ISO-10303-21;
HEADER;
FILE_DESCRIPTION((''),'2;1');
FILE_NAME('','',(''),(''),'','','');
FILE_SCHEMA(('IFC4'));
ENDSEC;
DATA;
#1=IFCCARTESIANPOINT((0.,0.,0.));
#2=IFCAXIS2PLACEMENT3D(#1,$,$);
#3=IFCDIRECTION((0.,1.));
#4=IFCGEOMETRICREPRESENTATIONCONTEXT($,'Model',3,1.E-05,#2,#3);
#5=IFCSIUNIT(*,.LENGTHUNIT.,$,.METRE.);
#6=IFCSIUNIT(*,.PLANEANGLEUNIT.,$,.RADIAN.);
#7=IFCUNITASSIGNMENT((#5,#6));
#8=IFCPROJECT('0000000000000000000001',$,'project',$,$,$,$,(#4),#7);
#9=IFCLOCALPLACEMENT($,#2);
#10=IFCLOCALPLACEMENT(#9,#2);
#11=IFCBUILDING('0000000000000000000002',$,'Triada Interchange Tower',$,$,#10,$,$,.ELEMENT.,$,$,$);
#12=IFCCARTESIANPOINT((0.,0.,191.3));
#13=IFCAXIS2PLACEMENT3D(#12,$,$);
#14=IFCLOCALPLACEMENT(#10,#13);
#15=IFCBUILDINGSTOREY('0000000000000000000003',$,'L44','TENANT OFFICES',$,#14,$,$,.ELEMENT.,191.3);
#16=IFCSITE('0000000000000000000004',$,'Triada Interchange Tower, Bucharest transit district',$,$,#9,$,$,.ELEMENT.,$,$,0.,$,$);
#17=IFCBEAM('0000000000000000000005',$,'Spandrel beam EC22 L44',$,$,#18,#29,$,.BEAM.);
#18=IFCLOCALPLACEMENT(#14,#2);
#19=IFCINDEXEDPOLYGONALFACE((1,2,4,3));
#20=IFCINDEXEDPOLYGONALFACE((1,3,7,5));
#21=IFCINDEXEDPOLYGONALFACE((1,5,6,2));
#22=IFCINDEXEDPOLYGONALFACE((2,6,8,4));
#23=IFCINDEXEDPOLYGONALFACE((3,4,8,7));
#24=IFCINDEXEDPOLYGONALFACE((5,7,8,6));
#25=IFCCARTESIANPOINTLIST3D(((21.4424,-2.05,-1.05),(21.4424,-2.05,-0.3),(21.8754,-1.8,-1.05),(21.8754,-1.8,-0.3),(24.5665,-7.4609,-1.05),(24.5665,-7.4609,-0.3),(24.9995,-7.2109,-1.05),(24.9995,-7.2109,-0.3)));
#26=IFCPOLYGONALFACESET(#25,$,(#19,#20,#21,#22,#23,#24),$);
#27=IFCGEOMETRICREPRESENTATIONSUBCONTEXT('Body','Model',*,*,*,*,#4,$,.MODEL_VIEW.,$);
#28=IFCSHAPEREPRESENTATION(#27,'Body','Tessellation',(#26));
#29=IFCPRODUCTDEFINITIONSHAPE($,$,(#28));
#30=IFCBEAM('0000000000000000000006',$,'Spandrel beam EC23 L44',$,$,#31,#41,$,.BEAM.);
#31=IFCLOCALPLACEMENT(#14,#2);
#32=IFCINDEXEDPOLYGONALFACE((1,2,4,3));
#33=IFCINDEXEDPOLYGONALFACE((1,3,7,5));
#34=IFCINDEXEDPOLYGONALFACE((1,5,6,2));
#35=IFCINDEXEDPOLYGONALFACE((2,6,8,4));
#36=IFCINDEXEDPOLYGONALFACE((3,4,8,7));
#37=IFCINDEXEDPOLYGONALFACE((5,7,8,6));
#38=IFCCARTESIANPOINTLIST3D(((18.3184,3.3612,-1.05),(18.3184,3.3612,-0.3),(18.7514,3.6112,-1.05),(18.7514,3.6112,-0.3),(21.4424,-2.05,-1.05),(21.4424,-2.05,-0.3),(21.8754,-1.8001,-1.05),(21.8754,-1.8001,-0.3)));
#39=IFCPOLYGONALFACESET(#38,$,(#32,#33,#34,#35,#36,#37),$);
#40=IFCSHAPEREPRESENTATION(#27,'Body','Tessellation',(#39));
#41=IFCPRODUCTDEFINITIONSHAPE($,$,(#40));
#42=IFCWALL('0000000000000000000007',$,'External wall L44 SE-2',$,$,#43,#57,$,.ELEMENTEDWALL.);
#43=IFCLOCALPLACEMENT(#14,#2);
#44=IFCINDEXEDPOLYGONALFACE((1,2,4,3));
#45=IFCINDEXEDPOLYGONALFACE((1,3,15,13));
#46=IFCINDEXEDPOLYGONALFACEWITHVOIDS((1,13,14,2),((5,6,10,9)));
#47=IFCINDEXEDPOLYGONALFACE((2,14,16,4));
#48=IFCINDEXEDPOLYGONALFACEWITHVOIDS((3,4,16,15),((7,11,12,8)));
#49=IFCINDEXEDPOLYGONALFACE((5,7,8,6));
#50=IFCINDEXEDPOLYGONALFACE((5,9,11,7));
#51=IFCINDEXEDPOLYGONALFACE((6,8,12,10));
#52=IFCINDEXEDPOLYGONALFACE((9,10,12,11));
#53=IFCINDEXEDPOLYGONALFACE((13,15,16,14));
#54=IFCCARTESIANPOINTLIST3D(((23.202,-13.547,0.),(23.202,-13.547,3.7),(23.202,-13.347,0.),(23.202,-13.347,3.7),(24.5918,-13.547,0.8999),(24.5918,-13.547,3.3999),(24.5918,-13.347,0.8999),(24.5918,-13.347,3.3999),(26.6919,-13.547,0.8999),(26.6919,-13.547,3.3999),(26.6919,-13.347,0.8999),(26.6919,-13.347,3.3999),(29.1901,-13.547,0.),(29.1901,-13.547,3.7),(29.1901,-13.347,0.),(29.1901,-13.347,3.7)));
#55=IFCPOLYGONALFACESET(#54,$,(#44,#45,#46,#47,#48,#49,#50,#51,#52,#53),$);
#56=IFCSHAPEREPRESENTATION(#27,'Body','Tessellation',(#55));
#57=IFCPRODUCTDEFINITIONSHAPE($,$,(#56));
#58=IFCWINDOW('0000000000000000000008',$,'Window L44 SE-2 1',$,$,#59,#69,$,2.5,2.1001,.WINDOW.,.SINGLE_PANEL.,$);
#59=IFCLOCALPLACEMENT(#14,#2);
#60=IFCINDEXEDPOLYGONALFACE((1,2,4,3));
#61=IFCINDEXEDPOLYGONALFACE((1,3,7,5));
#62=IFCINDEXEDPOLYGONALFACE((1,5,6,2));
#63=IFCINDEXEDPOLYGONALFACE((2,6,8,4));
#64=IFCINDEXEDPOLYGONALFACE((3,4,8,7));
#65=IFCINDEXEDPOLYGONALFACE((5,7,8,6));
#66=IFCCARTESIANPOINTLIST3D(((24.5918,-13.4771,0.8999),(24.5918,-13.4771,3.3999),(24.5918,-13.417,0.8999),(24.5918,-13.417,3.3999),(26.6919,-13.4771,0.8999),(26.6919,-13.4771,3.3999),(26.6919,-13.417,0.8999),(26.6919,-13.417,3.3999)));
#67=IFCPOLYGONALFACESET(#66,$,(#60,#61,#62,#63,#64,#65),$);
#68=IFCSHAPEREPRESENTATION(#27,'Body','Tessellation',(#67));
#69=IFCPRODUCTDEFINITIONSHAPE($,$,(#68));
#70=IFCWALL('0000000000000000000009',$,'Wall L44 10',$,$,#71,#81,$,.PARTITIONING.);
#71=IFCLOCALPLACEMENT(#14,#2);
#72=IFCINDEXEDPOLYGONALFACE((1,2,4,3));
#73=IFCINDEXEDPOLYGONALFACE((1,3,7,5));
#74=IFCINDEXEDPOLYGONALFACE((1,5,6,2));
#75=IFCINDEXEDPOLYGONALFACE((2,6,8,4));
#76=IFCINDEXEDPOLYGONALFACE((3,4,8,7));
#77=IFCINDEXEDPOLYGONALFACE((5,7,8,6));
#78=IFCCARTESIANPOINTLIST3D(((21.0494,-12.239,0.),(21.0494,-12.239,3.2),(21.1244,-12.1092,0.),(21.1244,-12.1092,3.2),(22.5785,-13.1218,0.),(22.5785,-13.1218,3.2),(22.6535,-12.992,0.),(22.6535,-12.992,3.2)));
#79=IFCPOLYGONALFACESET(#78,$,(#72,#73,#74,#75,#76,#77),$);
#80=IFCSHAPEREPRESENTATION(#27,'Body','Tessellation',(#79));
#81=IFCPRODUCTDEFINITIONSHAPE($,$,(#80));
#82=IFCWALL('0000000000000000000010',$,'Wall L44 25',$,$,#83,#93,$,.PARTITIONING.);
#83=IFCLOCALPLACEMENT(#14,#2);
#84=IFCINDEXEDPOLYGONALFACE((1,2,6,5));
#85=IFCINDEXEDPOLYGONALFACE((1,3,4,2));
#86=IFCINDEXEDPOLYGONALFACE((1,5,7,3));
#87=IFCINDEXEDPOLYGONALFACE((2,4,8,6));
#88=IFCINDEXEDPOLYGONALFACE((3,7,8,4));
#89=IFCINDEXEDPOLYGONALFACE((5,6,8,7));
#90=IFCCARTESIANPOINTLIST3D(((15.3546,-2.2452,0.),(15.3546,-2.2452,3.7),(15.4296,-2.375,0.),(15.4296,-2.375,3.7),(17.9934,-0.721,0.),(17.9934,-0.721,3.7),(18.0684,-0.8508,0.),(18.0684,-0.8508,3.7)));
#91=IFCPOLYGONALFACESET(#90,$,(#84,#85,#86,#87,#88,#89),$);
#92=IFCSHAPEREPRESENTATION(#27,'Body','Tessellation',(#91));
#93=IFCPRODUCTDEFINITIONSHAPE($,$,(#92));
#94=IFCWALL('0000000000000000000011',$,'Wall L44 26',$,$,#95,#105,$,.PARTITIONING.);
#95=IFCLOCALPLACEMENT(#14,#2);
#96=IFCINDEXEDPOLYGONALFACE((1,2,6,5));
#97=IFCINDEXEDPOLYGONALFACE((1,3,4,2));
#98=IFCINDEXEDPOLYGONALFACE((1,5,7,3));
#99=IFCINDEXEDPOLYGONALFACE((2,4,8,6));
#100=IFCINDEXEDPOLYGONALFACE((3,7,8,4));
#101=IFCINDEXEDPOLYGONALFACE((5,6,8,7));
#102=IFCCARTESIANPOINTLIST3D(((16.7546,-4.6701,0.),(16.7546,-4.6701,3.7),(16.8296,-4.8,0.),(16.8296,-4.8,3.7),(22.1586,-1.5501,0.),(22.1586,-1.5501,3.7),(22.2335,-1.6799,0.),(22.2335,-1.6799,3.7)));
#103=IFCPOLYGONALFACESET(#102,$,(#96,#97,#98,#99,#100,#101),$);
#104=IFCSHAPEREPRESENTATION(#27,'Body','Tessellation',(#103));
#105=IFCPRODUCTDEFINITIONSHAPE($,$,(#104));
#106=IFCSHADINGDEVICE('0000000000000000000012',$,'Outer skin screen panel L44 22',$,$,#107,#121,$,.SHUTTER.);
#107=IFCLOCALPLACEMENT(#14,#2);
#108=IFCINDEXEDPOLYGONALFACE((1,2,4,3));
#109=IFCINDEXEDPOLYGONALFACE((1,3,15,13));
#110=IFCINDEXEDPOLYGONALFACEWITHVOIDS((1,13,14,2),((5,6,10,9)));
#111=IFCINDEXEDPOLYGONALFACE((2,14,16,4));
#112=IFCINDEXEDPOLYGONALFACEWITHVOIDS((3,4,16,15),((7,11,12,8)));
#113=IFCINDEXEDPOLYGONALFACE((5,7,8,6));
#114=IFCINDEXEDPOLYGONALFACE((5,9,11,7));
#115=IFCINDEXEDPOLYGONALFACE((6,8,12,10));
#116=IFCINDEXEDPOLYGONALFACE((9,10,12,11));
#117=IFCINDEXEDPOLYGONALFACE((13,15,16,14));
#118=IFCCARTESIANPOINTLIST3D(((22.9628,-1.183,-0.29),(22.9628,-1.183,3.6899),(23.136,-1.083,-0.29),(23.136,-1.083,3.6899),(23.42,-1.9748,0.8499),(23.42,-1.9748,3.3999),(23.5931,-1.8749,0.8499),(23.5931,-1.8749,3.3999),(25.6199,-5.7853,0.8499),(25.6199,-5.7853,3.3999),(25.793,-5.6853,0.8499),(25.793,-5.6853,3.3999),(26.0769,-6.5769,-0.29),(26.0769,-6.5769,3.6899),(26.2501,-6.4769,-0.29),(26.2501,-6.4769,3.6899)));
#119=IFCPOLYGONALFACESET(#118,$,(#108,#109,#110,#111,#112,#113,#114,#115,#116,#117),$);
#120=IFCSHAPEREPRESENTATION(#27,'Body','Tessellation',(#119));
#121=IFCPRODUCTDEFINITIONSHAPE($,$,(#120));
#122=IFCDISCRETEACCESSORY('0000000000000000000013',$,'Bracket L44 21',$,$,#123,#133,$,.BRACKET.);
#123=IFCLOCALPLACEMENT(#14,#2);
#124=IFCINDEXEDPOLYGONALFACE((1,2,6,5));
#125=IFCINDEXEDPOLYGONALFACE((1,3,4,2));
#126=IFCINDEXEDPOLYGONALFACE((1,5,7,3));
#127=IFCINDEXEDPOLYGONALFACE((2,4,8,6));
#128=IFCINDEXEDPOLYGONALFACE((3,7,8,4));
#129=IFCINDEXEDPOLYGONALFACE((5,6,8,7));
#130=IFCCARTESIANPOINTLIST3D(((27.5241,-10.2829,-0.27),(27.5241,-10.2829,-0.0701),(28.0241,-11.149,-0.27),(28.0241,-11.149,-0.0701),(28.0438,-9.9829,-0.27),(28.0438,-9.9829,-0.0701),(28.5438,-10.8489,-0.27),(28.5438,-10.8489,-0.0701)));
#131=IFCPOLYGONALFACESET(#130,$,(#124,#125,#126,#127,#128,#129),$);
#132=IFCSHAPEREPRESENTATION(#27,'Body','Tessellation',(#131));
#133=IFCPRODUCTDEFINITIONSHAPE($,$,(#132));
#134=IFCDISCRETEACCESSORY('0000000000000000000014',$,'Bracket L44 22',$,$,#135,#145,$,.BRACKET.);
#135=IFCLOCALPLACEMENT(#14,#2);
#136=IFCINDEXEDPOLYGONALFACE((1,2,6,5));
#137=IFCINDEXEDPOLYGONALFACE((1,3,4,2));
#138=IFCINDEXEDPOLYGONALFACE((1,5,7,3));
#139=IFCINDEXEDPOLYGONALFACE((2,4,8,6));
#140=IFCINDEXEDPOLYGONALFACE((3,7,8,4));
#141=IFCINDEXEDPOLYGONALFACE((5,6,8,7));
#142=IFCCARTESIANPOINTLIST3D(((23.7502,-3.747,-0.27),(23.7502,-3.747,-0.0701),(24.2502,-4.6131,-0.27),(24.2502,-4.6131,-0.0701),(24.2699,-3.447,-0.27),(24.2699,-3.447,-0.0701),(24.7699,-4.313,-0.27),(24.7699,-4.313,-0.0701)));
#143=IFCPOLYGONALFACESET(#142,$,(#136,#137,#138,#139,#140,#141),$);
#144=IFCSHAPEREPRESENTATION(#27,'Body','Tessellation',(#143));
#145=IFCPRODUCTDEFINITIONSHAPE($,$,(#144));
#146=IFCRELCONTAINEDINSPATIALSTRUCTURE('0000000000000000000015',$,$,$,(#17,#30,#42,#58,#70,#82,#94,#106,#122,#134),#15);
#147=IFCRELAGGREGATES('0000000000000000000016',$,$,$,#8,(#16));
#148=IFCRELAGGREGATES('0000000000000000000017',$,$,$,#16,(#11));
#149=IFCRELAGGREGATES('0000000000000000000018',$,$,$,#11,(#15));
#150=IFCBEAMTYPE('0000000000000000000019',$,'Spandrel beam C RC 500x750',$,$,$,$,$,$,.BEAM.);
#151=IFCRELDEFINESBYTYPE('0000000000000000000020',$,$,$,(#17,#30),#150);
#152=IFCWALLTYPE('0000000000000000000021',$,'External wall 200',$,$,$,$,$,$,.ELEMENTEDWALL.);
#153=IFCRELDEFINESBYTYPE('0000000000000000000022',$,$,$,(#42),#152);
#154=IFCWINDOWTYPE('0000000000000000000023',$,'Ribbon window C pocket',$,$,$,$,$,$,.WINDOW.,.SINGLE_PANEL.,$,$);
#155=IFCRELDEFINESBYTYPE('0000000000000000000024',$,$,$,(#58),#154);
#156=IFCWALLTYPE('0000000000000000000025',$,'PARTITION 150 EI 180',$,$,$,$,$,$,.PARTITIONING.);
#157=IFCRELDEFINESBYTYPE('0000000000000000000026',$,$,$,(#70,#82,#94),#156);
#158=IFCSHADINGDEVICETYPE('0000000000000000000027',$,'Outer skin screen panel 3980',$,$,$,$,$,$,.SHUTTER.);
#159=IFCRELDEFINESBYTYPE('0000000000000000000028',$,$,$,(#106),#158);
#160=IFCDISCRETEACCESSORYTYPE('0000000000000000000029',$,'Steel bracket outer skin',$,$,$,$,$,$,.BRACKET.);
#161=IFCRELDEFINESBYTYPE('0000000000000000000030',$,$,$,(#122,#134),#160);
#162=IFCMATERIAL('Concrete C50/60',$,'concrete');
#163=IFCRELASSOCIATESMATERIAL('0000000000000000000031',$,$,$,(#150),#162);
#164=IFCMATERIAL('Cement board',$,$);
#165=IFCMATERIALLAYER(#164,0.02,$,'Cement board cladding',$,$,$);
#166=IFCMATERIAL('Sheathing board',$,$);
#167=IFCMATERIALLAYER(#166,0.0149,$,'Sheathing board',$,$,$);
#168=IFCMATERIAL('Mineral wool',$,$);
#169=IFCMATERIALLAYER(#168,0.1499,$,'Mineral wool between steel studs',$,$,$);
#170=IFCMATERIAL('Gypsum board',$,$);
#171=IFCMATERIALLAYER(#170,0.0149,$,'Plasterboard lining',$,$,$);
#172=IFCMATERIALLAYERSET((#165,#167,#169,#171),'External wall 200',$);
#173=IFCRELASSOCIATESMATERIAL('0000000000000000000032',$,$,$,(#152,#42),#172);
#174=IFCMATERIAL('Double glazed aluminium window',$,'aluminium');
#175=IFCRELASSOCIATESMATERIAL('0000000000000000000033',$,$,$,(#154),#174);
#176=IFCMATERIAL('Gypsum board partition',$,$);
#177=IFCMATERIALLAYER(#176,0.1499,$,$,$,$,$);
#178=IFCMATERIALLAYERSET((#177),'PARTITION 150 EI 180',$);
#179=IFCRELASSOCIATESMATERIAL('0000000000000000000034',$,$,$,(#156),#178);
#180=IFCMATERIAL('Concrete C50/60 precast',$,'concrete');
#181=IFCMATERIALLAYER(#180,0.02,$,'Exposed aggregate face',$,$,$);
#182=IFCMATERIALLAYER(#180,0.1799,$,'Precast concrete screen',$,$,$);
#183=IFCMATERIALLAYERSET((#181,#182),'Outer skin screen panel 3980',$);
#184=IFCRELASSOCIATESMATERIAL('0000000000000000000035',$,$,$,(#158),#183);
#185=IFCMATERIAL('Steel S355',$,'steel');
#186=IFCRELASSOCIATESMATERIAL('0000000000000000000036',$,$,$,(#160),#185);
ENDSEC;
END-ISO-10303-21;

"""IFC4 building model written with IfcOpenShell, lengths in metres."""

from ifc_helpers import new_model, si_unit, direction, frame, frame_2d, origin, origin_2d, place, context, subcontext, project, spatial, polyline, rectangle, outline, extrude, material, layer, layer_set, layer_usage, material_profile, profile_set, type_object, element, fill, save


model = new_model("IFC4")

# Units and contexts
model_context = context("Model", 3, precision=1e-05, world=origin(), true_north=direction((0.0, 1.0)))
body_context = subcontext(model_context, "Body", "Model", "MODEL_VIEW")
ifc_project = project(units=[si_unit("LENGTHUNIT", "METRE"), si_unit("PLANEANGLEUNIT", "RADIAN")], contexts=[model_context])

# Site, building, storey
site_placement = place(None, origin())
site = spatial("IfcSite", under=ifc_project, at=site_placement, Name="Triada Interchange Tower, Bucharest transit district", CompositionType="ELEMENT", RefElevation=0.0)
building_placement = place(site_placement, origin())
building = spatial("IfcBuilding", under=site, at=building_placement, Name="Triada Interchange Tower", CompositionType="ELEMENT")
storey_placement = place(building_placement, frame((0.0, 0.0, 191.3)))
storey = spatial("IfcBuildingStorey", under=building, at=storey_placement, Name="L44", Description="TENANT OFFICES", CompositionType="ELEMENT", Elevation=191.3)

# Shared definitions
ifc_material_1 = material(Name="Concrete C50/60", Category="concrete")

# Beams
ifc_material_profile_1 = material_profile(ifc_material_1, rectangle(XDim=0.5, YDim=0.75, at=origin_2d()), Name="RC 500x750")
ifc_profile_set_1 = profile_set([ifc_material_profile_1], Name="Concrete C50/60")
beam_type_1 = type_object("IfcBeamType", Name="Spandrel beam C RC 500x750", PredefinedType="BEAM", material=ifc_profile_set_1)
beam_1_placement = place(storey_placement, frame((24.783, -7.3359, -0.675), z_axis=(-0.500005, 0.866022, 0.0), x_axis=(-0.866022, -0.500005, 0.0)))
element("IfcBeam", 1, at=beam_1_placement, inside=storey, type_object=beam_type_1, Name="Spandrel beam EC22 L44", PredefinedType="BEAM", context=body_context, shape_type="SweptSolid", body=[
    extrude(rectangle(XDim=0.5, YDim=0.75, at=origin_2d()), origin(), (0.0, 0.0, 1.0), 6.248),
])
beam_2_placement = place(storey_placement, frame((21.6589, -1.925, -0.675), z_axis=(-0.499989, 0.866032, 0.0), x_axis=(-0.866032, -0.499989, 0.0)))
element("IfcBeam", 2, at=beam_2_placement, inside=storey, type_object=beam_type_1, Name="Spandrel beam EC23 L44", PredefinedType="BEAM", context=body_context, shape_type="SweptSolid", body=[
    extrude(rectangle(XDim=0.5, YDim=0.75, at=origin_2d()), origin(), (0.0, 0.0, 1.0), 6.2483),
])

# Wall, opening, window
ifc_material_2 = material(Name="Cement board")
ifc_layer_1 = layer(ifc_material_2, 0.02, Name="Cement board cladding")
ifc_material_3 = material(Name="Sheathing board")
ifc_layer_2 = layer(ifc_material_3, 0.0149, Name="Sheathing board")
ifc_material_4 = material(Name="Mineral wool")
ifc_layer_3 = layer(ifc_material_4, 0.1499, Name="Mineral wool between steel studs")
ifc_material_5 = material(Name="Gypsum board")
ifc_layer_4 = layer(ifc_material_5, 0.0149, Name="Plasterboard lining")
ifc_layer_set_1 = layer_set([ifc_layer_1, ifc_layer_2, ifc_layer_3, ifc_layer_4], Name="External wall 200")
ifc_layer_usage = layer_usage(ifc_layer_set_1, "AXIS2", "POSITIVE", -0.1001)
wall_type_1 = type_object("IfcWallType", Name="External wall 200", PredefinedType="ELEMENTEDWALL", material=ifc_layer_set_1)
wall_1_placement = place(storey_placement, frame((23.2019, -13.447, 0.0), z_axis=(0.0, 0.0, 1.0), x_axis=(1.0, 0.0, 0.0)))
wall_1 = element("IfcWall", 3, at=wall_1_placement, inside=storey, type_object=wall_type_1, material=ifc_layer_usage, Name="External wall L44 SE-2", PredefinedType="ELEMENTEDWALL", context=body_context, shape_type="SweptSolid", body=[
    extrude(rectangle(XDim=5.988, YDim=0.2, at=frame_2d((2.9941, 0.0))), origin(), (0.0, 0.0, 1.0), 3.7),
])
opening_placement = place(wall_1_placement, frame((1.3899, 0.0, 0.8999)))
opening = element("IfcOpeningElement", 4, at=opening_placement, cuts=wall_1, PredefinedType="OPENING", context=body_context, shape_type="SweptSolid", body=[
    extrude(rectangle(XDim=2.1001, YDim=2.5, at=frame_2d((1.05, 1.25))), frame((0.0, 0.1099, 0.0), z_axis=(0.0, -1.0, 0.0), x_axis=(1.0, 0.0, 0.0)), (0.0, 0.0, 1.0), 0.22),
])
ifc_material_6 = material(Name="Double glazed aluminium window", Category="aluminium")
window_type = type_object("IfcWindowType", Name="Ribbon window C pocket", PartitioningType="SINGLE_PANEL", PredefinedType="WINDOW", material=ifc_material_6)
window_placement = place(opening_placement, origin())
window = element("IfcWindow", 5, at=window_placement, inside=storey, type_object=window_type, Name="Window L44 SE-2 1", OverallHeight=2.5, OverallWidth=2.1001, PartitioningType="SINGLE_PANEL", PredefinedType="WINDOW", context=body_context, shape_type="SweptSolid", body=[
    extrude(rectangle(XDim=2.1001, YDim=2.5, at=frame_2d((1.05, 1.25))), frame((0.0, 0.03, 0.0), z_axis=(0.0, -1.0, 0.0), x_axis=(1.0, 0.0, 0.0)), (0.0, 0.0, 1.0), 0.0601),
])
fill(opening, window)

# Walls
ifc_material_7 = material(Name="Gypsum board partition")
ifc_layer_5 = layer(ifc_material_7, 0.1499)
ifc_layer_set_2 = layer_set([ifc_layer_5], Name="PARTITION 150 EI 180")
wall_type_2 = type_object("IfcWallType", Name="PARTITION 150 EI 180", PredefinedType="PARTITIONING", material=ifc_layer_set_2)
wall_2_placement = place(storey_placement, frame((21.0869, -12.1741, 0.0), z_axis=(0.0, 0.0, 1.0), x_axis=(0.866022, -0.500006, 0.0)))
element("IfcWall", 6, at=wall_2_placement, inside=storey, type_object=wall_type_2, Name="Wall L44 10", PredefinedType="PARTITIONING", context=body_context, shape_type="SweptSolid", body=[
    extrude(rectangle(XDim=1.7656, YDim=0.1499, at=frame_2d((0.8828, 0.0))), origin(), (0.0, 0.0, 1.0), 3.2),
])
wall_3_placement = place(storey_placement, frame((15.3921, -2.3101, 0.0), z_axis=(0.0, 0.0, 1.0), x_axis=(0.865941, 0.500145, 0.0)))
element("IfcWall", 7, at=wall_3_placement, inside=storey, type_object=wall_type_2, Name="Wall L44 25", PredefinedType="PARTITIONING", context=body_context, shape_type="SweptSolid", body=[
    extrude(rectangle(XDim=3.0474, YDim=0.1499, at=frame_2d((1.5237, 0.0))), origin(), (0.0, 0.0, 1.0), 3.7),
])
wall_4_placement = place(storey_placement, frame((16.792, -4.7351, 0.0), z_axis=(0.0, 0.0, 1.0), x_axis=(0.866019, 0.50001, 0.0)))
element("IfcWall", 8, at=wall_4_placement, inside=storey, type_object=wall_type_2, Name="Wall L44 26", PredefinedType="PARTITIONING", context=body_context, shape_type="SweptSolid", body=[
    extrude(rectangle(XDim=6.24, YDim=0.1499, at=frame_2d((3.1201, 0.0))), origin(), (0.0, 0.0, 1.0), 3.7),
])

# Shading device
ifc_material_8 = material(Name="Concrete C50/60 precast", Category="concrete")
ifc_layer_6 = layer(ifc_material_8, 0.02, Name="Exposed aggregate face")
ifc_layer_7 = layer(ifc_material_8, 0.1799, Name="Precast concrete screen")
ifc_layer_set_3 = layer_set([ifc_layer_6, ifc_layer_7], Name="Outer skin screen panel 3980")
shading_device_type = type_object("IfcShadingDeviceType", Name="Outer skin screen panel 3980", PredefinedType="SHUTTER", material=ifc_layer_set_3)
shading_device_placement = place(storey_placement, frame((26.0769, -6.5769, -0.29), z_axis=(0.0, 0.0, 1.0), x_axis=(-0.499988, 0.866032, 0.0)))
element("IfcShadingDevice", 9, at=shading_device_placement, inside=storey, type_object=shading_device_type, Name="Outer skin screen panel L44 22", PredefinedType="SHUTTER", context=body_context, shape_type="SweptSolid", body=[
    extrude(outline(polyline([(0.0, 0.0), (6.2283, 0.0), (6.2283, 3.98), (0.0, 3.98), (0.0, 0.0)]), holes=[polyline([(0.9141, 1.1399), (0.9141, 3.6899), (5.314, 3.6899), (5.314, 1.1399), (0.9141, 1.1399)])]), frame((0.0, 0.0, 0.0), z_axis=(0.0, -1.0, 0.0), x_axis=(1.0, 0.0, 0.0)), (0.0, 0.0, 1.0), 0.2),
])

# Discrete accessories
ifc_material_9 = material(Name="Steel S355", Category="steel")
discrete_accessory_type = type_object("IfcDiscreteAccessoryType", Name="Steel bracket outer skin", PredefinedType="BRACKET", material=ifc_material_9)
for number, where, z_axis, x_axis, name in (
    (10, (28.0339, -10.5659, -0.27), (0.0, 0.0, 1.0), (0.866023, 0.500003, 0.0), "Bracket L44 21"),
    (11, (24.26, -4.03, -0.27), (0.0, 0.0, 1.0), (0.866023, 0.500003, 0.0), "Bracket L44 22"),
):
    element("IfcDiscreteAccessory", number, at=place(storey_placement, frame(where, z_axis=z_axis, x_axis=x_axis)), inside=storey, type_object=discrete_accessory_type, Name=name, PredefinedType="BRACKET", context=body_context, shape_type="SweptSolid", body=[
        extrude(rectangle(XDim=0.6001, YDim=1.0, at=origin_2d()), origin(), (0.0, 0.0, 1.0), 0.2),
    ])

save(model, "model.ifc")
